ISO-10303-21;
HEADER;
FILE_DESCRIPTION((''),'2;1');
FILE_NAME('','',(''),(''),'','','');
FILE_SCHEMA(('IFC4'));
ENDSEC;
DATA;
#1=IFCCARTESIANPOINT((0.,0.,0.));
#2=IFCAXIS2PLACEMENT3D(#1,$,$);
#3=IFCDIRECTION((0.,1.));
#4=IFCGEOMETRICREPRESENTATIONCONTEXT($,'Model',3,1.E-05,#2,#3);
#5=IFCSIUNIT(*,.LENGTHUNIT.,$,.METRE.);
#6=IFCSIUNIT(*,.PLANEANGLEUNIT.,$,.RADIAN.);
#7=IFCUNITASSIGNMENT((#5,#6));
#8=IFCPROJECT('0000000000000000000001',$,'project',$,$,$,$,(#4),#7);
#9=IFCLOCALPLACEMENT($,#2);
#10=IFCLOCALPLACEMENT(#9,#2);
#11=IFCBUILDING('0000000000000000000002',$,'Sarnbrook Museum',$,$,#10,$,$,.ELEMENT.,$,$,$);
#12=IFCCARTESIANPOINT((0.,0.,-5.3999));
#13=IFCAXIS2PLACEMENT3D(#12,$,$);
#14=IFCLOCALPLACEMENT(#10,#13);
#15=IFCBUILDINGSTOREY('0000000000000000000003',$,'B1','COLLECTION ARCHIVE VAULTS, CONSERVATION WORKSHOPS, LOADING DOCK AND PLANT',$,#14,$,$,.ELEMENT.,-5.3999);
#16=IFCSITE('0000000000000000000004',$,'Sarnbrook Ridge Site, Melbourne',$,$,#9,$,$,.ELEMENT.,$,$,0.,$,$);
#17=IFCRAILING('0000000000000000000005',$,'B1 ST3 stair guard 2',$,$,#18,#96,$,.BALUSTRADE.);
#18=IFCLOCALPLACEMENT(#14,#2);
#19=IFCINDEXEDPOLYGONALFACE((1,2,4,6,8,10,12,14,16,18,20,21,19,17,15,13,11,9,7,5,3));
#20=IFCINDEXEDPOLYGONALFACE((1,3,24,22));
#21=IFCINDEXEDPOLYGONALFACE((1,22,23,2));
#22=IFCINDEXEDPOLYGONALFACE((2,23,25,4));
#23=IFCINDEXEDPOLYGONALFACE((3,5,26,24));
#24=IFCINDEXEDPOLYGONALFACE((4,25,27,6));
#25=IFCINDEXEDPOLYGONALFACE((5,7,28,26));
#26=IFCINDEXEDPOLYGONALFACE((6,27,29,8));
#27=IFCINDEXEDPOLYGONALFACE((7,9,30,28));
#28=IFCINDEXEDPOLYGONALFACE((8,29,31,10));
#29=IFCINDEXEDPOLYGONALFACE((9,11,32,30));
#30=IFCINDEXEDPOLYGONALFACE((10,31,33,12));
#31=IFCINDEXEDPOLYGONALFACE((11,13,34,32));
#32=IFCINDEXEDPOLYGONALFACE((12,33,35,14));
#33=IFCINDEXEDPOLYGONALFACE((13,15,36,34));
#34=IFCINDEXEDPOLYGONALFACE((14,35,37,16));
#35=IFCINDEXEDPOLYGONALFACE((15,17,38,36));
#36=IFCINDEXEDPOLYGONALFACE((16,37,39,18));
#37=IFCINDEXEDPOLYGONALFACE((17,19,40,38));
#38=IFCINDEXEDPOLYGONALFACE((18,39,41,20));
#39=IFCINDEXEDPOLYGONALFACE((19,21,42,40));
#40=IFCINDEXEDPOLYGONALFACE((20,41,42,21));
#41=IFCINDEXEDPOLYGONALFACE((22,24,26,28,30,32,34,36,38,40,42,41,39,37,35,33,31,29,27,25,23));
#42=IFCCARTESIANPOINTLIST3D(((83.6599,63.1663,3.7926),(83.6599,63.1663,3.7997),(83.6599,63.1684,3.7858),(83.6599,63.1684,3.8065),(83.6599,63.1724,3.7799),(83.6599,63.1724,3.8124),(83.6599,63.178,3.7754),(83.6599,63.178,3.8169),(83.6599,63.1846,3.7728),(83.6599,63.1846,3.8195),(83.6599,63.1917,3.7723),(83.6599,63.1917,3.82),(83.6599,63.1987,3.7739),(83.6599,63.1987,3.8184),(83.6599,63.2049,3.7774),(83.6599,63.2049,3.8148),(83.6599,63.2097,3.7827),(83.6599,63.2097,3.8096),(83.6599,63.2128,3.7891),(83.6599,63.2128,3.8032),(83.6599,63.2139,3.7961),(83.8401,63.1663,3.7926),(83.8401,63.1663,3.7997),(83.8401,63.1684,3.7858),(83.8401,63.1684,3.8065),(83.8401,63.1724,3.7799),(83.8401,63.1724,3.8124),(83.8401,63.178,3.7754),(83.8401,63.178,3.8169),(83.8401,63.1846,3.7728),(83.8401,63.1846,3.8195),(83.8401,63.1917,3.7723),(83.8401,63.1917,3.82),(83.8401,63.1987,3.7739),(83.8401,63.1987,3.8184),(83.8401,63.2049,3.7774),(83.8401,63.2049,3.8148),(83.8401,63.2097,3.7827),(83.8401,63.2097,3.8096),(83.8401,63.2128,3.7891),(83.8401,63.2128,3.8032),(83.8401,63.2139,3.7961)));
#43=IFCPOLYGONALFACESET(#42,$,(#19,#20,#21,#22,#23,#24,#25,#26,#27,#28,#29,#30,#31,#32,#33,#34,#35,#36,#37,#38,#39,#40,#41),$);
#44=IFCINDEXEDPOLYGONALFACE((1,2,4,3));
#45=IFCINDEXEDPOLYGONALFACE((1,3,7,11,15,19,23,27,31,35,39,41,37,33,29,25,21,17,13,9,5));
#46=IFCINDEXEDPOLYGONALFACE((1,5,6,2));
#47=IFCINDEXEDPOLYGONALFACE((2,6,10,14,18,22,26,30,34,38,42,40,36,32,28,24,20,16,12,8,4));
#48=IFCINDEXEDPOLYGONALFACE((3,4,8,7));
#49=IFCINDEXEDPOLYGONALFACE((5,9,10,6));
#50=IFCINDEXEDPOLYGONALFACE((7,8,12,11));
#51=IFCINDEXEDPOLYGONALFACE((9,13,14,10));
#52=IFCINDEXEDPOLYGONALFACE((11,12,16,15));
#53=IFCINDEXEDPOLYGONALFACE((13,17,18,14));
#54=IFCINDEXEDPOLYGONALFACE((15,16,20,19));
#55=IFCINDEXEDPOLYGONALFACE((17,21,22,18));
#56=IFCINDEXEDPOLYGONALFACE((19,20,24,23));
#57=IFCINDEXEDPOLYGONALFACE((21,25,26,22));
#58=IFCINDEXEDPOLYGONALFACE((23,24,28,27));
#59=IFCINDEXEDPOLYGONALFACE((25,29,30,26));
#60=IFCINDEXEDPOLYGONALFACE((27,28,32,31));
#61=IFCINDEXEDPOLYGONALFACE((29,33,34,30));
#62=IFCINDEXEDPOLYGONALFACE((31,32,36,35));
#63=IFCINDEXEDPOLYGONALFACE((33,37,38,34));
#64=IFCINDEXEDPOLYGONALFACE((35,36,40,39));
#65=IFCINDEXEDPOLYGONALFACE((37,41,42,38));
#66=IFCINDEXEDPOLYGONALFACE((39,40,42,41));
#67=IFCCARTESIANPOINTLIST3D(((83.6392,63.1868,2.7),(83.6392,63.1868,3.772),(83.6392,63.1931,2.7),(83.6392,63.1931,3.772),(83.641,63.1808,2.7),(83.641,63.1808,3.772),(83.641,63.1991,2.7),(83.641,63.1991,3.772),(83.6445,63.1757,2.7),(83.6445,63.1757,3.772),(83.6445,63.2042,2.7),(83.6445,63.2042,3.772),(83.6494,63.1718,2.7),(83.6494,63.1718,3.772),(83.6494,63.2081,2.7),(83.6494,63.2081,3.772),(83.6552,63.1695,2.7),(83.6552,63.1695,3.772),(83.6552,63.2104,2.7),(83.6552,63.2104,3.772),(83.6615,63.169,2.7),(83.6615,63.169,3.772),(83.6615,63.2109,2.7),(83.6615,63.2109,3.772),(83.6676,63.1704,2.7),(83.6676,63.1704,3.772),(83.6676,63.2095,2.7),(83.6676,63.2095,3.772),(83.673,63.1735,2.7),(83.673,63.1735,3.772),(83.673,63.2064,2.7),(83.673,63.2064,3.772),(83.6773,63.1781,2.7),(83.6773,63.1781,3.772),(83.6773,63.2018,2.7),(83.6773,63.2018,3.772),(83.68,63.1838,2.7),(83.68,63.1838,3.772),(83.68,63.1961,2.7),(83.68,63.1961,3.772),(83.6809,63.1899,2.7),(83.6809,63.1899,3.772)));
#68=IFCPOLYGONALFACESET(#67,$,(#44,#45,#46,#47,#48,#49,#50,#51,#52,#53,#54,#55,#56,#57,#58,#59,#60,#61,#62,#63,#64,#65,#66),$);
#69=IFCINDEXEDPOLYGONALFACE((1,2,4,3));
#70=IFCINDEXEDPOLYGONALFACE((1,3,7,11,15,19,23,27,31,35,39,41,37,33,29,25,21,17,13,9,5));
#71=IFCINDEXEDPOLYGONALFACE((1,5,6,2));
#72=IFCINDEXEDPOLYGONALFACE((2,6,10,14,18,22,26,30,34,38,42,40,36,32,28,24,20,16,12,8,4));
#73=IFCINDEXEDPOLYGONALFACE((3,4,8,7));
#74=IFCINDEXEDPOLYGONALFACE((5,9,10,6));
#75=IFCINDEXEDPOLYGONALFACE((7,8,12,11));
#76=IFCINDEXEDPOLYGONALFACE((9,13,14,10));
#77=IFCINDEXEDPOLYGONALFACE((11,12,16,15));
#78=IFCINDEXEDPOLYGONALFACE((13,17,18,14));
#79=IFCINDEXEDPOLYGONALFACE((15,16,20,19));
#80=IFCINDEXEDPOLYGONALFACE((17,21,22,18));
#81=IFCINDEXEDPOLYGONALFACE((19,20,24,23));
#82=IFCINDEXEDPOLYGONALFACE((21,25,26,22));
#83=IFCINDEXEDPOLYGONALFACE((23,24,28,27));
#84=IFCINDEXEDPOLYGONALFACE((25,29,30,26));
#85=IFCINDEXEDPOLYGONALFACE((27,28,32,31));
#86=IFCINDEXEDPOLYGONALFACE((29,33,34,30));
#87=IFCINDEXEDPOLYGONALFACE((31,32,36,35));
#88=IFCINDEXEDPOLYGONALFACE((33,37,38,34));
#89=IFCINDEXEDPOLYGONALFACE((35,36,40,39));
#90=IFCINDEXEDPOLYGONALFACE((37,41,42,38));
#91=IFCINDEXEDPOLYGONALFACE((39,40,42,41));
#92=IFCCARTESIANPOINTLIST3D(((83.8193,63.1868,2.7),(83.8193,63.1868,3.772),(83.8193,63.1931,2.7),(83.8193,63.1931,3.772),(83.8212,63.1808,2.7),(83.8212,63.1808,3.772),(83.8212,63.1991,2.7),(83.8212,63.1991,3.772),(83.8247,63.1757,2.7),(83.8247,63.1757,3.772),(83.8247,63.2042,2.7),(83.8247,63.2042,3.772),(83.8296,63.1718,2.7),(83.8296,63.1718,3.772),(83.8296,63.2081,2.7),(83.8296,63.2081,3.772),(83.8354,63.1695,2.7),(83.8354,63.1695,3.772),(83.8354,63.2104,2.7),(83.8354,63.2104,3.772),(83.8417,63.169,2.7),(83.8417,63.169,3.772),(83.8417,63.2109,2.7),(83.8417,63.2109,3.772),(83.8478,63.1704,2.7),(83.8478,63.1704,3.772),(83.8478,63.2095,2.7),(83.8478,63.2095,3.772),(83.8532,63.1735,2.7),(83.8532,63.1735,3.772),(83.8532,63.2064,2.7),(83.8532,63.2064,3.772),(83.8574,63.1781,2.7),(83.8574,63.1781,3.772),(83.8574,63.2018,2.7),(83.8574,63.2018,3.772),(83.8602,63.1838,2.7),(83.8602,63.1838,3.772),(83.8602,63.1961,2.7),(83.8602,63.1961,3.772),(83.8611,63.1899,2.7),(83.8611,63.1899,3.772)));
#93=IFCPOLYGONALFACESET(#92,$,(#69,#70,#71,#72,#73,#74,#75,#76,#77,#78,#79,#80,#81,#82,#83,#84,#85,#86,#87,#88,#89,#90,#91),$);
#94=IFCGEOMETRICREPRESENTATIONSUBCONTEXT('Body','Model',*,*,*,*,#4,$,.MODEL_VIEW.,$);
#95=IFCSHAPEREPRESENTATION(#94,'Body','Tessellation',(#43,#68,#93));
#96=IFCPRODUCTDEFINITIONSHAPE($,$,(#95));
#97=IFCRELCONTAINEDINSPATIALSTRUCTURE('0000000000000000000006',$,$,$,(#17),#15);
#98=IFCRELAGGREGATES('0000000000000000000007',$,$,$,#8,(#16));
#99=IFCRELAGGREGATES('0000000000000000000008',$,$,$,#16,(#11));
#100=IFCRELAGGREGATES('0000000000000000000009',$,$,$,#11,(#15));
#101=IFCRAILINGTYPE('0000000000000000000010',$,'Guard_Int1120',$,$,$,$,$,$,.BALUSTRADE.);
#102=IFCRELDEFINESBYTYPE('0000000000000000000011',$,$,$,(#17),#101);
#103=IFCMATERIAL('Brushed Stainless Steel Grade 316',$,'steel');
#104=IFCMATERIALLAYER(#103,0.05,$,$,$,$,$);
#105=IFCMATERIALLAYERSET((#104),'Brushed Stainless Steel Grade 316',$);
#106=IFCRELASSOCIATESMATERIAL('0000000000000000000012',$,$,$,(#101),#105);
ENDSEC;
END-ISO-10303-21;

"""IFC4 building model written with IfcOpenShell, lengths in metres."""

from ifc_helpers import new_model, si_unit, direction, frame, origin, origin_2d, place, context, subcontext, project, spatial, circle, extrude, material, layer, layer_set, type_object, element, save


model = new_model("IFC4")

# Units and contexts
model_context = context("Model", 3, precision=1e-05, world=origin(), true_north=direction((0.0, 1.0)))
body_context = subcontext(model_context, "Body", "Model", "MODEL_VIEW")
ifc_project = project(units=[si_unit("LENGTHUNIT", "METRE"), si_unit("PLANEANGLEUNIT", "RADIAN")], contexts=[model_context])

# Site, building, storey
site_placement = place(None, origin())
site = spatial("IfcSite", under=ifc_project, at=site_placement, Name="Sarnbrook Ridge Site, Melbourne", CompositionType="ELEMENT", RefElevation=0.0)
building_placement = place(site_placement, origin())
building = spatial("IfcBuilding", under=site, at=building_placement, Name="Sarnbrook Museum", CompositionType="ELEMENT")
storey_placement = place(building_placement, frame((0.0, 0.0, -5.3999)))
storey = spatial("IfcBuildingStorey", under=building, at=storey_placement, Name="B1", Description="COLLECTION ARCHIVE VAULTS, CONSERVATION WORKSHOPS, LOADING DOCK AND PLANT", CompositionType="ELEMENT", Elevation=-5.3999)

# Shared definitions
ifc_material_1 = material(Name="Brushed Stainless Steel Grade 316", Category="steel")

# Railing
ifc_layer_1 = layer(ifc_material_1, 0.05)
ifc_layer_set_1 = layer_set([ifc_layer_1], Name="Brushed Stainless Steel Grade 316")
railing_type_1 = type_object("IfcRailingType", Name="Guard_Int1120", PredefinedType="BALUSTRADE", material=ifc_layer_set_1)
railing_1_placement = place(storey_placement, frame((83.6599, 63.1899, 2.7)))
element("IfcRailing", 1, at=railing_1_placement, inside=storey, type_object=railing_type_1, Name="B1 ST3 stair guard 2", PredefinedType="BALUSTRADE", context=body_context, shape_type="SweptSolid", body=[
    extrude(circle(Radius=0.0239, at=origin_2d()), frame((0.0, 0.0, 1.0962), z_axis=(1.0, 0.0, 0.0), x_axis=(0.0, 1.0, 0.0)), (0.0, 0.0, 1.0), 0.1802),
    extrude(circle(Radius=0.021, at=origin_2d()), origin(), (0.0, 0.0, 1.0), 1.072),
    extrude(circle(Radius=0.021, at=origin_2d()), frame((0.1802, 0.0, 0.0)), (0.0, 0.0, 1.0), 1.072),
])

save(model, "model.ifc")
